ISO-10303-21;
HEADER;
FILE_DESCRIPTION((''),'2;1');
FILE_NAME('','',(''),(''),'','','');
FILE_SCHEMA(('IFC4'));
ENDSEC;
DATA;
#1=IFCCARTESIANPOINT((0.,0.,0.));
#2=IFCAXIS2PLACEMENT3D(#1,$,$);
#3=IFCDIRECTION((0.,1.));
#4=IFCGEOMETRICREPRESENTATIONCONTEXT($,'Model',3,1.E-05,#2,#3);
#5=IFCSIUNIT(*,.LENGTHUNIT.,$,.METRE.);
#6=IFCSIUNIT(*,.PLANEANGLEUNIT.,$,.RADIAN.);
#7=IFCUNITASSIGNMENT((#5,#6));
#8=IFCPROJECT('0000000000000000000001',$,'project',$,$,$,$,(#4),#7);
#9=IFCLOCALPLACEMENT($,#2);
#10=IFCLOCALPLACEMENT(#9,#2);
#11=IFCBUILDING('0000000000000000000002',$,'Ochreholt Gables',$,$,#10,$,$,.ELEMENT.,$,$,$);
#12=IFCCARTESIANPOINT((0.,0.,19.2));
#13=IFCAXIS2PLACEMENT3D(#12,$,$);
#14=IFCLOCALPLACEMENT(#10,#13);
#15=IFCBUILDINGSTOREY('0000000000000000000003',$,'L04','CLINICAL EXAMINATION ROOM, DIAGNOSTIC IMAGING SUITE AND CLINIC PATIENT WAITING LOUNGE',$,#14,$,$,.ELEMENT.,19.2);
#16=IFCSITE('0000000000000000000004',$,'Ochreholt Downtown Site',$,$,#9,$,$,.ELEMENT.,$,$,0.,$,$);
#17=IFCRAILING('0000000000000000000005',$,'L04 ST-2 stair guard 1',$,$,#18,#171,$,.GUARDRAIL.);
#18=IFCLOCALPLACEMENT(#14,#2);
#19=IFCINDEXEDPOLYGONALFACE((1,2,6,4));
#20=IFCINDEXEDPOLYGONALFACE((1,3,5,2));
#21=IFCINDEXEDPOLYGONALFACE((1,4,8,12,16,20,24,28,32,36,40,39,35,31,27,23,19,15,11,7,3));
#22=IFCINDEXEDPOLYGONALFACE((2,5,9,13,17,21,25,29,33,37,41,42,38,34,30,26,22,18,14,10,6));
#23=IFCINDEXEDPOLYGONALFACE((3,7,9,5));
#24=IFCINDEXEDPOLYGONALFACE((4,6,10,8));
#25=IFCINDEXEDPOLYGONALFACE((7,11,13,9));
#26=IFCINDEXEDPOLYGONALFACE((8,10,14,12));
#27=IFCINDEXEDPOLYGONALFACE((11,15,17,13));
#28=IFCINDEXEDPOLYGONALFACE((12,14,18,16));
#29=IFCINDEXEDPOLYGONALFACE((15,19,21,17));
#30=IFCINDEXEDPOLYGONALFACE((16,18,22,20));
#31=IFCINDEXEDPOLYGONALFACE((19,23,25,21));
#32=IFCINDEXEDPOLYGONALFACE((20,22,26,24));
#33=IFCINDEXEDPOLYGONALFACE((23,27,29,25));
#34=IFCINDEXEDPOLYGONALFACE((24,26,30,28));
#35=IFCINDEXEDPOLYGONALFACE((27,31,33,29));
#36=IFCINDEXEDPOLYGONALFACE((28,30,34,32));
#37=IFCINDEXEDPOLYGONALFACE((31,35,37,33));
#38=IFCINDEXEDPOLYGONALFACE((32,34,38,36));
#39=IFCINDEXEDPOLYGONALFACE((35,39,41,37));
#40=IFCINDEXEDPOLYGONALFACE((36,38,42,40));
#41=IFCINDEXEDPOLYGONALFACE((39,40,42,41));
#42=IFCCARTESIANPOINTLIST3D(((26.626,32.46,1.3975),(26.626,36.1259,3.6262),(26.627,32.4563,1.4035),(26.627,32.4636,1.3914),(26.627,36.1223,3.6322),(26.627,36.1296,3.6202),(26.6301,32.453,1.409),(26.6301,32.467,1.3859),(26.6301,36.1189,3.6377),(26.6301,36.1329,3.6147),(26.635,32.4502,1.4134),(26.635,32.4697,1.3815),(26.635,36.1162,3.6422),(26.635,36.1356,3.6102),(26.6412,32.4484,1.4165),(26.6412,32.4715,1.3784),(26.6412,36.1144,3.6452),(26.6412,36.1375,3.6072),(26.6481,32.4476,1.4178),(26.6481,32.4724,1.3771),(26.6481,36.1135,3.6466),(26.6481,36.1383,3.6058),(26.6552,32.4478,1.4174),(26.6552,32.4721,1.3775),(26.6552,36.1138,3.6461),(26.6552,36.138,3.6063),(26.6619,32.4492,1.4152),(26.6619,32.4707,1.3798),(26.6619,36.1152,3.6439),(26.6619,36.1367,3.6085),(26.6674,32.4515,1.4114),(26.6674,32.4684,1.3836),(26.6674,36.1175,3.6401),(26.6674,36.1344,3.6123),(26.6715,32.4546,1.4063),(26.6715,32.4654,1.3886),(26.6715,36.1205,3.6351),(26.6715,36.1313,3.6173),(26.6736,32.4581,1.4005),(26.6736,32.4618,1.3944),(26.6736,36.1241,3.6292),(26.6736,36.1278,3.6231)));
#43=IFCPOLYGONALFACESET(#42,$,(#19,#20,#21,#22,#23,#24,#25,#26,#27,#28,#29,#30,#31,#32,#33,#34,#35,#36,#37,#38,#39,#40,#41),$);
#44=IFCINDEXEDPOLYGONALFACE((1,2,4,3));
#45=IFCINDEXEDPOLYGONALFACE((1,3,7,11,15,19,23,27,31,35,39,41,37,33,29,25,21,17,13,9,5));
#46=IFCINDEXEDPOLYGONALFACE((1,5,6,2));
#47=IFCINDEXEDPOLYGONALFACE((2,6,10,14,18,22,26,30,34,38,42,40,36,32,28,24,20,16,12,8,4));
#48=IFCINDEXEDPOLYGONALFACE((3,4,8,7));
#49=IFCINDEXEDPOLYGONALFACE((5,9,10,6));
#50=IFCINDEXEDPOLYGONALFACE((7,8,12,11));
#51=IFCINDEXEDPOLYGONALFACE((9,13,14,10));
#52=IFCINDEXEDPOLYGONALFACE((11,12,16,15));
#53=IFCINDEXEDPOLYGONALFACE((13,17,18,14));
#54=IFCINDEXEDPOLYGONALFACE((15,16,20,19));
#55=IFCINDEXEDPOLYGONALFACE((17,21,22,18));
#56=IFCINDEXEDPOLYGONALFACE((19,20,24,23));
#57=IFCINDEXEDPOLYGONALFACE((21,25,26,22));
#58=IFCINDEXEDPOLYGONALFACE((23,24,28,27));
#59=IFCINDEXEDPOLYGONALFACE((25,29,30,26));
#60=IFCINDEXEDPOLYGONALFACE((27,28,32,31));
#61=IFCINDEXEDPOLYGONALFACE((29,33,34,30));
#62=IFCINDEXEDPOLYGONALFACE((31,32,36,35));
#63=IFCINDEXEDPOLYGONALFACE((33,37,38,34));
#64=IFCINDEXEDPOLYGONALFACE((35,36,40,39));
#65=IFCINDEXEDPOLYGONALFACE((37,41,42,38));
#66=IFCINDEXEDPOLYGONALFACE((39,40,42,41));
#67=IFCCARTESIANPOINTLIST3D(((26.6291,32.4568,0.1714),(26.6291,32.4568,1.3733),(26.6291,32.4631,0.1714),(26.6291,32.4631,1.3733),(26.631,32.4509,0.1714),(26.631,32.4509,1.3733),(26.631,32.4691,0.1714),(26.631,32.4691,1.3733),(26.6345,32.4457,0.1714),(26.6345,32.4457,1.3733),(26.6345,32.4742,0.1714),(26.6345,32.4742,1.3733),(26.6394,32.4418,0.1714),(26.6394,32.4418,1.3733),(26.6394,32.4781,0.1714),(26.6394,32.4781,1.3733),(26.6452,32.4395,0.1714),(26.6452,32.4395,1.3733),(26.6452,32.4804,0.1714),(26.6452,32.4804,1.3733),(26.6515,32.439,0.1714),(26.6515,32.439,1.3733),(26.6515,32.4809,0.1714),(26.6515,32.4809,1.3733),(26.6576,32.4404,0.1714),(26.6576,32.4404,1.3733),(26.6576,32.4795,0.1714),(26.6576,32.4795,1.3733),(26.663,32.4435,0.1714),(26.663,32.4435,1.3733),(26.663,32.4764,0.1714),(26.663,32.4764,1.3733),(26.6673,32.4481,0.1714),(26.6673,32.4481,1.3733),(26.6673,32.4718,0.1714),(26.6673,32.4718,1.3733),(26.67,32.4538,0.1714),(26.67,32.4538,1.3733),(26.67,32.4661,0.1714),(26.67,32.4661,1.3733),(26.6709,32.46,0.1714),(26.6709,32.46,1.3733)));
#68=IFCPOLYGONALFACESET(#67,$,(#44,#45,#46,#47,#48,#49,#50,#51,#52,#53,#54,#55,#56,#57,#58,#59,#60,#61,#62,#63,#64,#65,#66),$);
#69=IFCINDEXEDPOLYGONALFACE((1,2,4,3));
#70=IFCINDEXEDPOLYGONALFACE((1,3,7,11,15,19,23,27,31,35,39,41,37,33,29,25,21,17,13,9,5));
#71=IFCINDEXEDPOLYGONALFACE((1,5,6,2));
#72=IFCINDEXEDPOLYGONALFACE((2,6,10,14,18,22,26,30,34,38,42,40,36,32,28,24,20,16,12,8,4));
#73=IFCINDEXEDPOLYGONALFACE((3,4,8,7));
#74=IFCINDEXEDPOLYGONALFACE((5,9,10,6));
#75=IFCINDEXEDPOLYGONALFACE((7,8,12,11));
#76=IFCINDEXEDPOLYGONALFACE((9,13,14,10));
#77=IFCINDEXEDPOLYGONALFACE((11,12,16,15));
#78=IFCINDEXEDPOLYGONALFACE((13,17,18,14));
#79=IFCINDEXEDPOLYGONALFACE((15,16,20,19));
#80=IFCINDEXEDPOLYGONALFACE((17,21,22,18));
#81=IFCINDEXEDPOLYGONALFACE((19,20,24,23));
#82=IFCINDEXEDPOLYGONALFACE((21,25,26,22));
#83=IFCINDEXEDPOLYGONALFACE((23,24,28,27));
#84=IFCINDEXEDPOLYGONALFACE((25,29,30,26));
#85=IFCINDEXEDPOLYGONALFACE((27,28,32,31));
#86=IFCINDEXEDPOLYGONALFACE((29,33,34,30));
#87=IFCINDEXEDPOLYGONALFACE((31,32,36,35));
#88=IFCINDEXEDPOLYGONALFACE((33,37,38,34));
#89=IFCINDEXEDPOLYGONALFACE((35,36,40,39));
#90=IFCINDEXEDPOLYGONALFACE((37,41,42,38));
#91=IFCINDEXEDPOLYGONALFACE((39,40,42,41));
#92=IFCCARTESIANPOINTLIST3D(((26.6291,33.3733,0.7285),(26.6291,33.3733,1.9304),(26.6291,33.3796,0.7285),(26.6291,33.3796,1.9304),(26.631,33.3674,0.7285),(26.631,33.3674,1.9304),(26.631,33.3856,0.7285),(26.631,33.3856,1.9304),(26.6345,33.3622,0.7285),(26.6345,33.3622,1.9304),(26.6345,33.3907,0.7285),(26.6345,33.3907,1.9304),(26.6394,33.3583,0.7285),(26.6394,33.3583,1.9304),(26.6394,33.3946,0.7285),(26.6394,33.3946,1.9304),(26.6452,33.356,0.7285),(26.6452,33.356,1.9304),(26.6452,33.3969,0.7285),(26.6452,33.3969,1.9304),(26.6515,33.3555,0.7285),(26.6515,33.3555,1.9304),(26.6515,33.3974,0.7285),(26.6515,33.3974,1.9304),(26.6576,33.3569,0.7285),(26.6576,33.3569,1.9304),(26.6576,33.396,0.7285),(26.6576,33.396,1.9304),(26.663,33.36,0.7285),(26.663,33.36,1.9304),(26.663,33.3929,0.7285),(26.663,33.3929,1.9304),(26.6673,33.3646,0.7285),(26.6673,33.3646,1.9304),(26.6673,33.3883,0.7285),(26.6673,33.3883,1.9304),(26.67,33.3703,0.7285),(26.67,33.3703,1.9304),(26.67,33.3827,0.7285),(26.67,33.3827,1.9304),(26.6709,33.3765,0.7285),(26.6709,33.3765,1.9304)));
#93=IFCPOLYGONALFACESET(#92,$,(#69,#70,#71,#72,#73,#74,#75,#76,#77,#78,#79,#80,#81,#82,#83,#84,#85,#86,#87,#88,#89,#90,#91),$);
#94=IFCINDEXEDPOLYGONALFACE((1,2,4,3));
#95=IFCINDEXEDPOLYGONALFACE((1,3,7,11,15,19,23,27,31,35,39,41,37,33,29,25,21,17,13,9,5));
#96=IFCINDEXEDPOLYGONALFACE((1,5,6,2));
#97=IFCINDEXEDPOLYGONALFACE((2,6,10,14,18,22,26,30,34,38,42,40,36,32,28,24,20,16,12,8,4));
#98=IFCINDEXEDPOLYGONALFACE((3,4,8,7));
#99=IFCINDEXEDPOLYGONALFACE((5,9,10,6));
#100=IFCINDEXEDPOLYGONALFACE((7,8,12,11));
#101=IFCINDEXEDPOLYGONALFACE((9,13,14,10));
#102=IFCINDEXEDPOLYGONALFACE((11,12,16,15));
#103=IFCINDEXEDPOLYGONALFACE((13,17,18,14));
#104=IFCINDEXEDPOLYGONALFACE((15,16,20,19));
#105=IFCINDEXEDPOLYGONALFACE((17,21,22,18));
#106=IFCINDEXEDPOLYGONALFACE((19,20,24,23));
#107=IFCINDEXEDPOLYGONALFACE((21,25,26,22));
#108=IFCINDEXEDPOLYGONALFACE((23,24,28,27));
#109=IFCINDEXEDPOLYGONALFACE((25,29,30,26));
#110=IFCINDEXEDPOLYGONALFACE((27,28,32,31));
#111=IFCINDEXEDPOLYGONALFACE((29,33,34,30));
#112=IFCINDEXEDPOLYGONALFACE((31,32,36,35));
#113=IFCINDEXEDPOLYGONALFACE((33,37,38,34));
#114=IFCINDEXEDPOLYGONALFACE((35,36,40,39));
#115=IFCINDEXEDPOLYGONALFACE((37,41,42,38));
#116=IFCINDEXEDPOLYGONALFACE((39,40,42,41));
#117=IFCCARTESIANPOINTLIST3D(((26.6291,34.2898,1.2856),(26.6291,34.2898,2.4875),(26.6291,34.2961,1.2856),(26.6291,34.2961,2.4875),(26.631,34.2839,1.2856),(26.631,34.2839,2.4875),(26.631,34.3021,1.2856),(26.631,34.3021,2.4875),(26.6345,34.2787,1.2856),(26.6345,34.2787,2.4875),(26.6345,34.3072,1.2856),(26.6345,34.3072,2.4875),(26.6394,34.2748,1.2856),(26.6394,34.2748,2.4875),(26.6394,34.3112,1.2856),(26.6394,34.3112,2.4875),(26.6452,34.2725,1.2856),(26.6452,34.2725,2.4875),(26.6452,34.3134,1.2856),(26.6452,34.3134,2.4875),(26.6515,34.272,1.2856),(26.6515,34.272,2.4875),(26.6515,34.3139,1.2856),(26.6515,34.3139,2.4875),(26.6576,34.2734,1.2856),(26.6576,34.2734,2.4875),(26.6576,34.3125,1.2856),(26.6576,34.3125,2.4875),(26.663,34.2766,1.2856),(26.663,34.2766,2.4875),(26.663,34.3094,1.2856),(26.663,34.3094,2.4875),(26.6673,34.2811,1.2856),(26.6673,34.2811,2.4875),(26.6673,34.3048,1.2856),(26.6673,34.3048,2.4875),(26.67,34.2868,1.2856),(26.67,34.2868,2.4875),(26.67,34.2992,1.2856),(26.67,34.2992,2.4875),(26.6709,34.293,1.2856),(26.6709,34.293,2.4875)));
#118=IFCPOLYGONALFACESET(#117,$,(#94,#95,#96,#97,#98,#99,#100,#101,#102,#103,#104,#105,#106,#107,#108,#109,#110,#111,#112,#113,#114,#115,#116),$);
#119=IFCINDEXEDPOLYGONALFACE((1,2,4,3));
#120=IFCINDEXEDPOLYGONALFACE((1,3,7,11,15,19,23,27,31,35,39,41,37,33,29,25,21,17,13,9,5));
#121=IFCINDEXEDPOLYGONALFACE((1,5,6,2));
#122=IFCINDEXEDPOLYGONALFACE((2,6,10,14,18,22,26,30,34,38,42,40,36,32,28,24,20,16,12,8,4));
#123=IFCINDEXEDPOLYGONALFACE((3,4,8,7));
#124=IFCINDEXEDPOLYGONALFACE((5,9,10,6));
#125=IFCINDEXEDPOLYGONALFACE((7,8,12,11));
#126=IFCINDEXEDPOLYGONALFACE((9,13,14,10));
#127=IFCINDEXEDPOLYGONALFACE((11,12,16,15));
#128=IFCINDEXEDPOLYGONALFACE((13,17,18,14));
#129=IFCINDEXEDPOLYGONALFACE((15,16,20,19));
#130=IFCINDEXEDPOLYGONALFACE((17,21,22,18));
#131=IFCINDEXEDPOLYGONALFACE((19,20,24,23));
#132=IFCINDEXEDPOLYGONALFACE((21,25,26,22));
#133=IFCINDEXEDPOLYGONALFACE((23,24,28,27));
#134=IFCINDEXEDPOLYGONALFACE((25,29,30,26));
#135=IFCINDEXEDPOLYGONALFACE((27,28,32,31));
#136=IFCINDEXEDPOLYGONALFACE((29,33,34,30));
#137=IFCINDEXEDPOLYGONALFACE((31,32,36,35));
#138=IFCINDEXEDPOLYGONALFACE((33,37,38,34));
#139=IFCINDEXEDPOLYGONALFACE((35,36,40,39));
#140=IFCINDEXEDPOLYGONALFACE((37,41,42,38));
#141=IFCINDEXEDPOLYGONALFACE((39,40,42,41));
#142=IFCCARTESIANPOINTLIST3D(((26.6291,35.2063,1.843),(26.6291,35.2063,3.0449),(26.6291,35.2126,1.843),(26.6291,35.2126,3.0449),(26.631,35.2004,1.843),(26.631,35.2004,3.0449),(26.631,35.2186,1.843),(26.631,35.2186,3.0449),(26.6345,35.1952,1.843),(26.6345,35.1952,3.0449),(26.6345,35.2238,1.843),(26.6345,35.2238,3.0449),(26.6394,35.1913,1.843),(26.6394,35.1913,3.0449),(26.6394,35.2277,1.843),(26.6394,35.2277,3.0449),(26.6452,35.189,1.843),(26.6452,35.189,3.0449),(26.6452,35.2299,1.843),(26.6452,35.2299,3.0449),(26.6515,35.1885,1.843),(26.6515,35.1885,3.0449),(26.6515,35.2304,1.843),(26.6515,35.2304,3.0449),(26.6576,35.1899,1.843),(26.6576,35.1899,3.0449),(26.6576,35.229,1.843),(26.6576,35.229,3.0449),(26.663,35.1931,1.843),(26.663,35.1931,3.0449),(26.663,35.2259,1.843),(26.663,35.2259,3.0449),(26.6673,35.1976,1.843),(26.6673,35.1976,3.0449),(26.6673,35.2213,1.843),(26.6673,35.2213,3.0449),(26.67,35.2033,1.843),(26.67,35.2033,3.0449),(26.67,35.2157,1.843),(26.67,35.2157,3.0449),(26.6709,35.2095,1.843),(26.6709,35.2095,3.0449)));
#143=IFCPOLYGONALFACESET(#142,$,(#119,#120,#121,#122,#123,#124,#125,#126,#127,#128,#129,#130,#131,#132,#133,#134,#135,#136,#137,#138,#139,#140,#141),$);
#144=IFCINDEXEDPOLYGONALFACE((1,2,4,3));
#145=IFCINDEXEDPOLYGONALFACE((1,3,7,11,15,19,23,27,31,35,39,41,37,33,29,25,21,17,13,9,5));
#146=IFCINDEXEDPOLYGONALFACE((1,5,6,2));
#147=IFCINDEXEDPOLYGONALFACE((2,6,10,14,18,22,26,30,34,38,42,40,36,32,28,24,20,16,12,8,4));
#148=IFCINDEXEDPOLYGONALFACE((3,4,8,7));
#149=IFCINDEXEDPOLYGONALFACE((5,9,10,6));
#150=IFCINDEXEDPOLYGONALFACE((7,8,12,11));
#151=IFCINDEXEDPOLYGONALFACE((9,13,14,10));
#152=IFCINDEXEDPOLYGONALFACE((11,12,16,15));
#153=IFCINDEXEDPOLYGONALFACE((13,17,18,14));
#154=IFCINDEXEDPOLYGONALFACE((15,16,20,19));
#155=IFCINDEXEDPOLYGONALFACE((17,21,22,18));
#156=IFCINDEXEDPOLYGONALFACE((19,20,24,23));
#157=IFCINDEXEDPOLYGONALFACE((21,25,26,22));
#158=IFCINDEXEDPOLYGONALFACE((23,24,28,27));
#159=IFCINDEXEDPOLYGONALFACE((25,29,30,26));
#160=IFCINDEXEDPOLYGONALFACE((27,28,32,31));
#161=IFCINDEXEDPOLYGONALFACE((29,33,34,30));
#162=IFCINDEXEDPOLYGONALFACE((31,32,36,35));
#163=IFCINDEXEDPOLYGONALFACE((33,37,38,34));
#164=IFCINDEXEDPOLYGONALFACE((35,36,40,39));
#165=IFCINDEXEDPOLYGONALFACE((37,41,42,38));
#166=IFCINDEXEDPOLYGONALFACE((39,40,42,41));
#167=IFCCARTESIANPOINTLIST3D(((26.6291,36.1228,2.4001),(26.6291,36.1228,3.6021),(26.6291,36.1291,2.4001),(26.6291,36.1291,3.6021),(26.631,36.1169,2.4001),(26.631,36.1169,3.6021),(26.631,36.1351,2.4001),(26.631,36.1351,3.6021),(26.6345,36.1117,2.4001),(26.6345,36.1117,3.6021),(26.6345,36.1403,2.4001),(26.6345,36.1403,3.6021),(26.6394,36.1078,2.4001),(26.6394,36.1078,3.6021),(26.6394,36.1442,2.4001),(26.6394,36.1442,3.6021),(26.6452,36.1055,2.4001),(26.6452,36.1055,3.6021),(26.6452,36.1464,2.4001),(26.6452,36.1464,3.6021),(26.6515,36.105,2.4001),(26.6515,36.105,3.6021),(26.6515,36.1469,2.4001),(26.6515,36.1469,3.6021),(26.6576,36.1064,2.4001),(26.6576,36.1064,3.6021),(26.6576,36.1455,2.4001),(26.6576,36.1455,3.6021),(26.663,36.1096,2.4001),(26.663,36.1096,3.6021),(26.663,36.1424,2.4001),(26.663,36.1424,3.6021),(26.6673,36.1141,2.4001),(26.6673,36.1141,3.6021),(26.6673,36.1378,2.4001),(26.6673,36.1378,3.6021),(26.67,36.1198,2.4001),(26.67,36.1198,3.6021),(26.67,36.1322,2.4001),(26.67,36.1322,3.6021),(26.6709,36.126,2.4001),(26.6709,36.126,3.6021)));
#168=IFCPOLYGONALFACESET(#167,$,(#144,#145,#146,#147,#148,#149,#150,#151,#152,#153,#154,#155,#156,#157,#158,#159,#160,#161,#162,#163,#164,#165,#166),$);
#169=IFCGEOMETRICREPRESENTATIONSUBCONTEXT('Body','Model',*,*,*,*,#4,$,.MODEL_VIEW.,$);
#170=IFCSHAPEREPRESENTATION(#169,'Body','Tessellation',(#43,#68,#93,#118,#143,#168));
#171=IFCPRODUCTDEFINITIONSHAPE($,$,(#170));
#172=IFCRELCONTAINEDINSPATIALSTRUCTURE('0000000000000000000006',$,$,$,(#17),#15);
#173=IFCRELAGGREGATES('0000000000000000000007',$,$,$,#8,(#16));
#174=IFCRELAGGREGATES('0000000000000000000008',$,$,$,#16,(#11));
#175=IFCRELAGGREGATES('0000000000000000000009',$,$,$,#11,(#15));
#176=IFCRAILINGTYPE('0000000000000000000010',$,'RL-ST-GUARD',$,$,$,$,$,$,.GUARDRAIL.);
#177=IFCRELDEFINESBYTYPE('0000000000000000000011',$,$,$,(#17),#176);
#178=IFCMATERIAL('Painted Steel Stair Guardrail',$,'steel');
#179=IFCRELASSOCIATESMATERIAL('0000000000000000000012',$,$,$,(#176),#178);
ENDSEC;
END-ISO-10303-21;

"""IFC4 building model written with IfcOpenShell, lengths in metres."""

from ifc_helpers import new_model, si_unit, direction, frame, origin, origin_2d, place, context, subcontext, project, spatial, circle, extrude, material, type_object, element, save


model = new_model("IFC4")

# Units and contexts
model_context = context("Model", 3, precision=1e-05, world=origin(), true_north=direction((0.0, 1.0)))
body_context = subcontext(model_context, "Body", "Model", "MODEL_VIEW")
ifc_project = project(units=[si_unit("LENGTHUNIT", "METRE"), si_unit("PLANEANGLEUNIT", "RADIAN")], contexts=[model_context])

# Site, building, storey
site_placement = place(None, origin())
site = spatial("IfcSite", under=ifc_project, at=site_placement, Name="Ochreholt Downtown Site", CompositionType="ELEMENT", RefElevation=0.0)
building_placement = place(site_placement, origin())
building = spatial("IfcBuilding", under=site, at=building_placement, Name="Ochreholt Gables", CompositionType="ELEMENT")
storey_placement = place(building_placement, frame((0.0, 0.0, 19.2)))
storey = spatial("IfcBuildingStorey", under=building, at=storey_placement, Name="L04", Description="CLINICAL EXAMINATION ROOM, DIAGNOSTIC IMAGING SUITE AND CLINIC PATIENT WAITING LOUNGE", CompositionType="ELEMENT", Elevation=19.2)

# Railing
ifc_material_1 = material(Name="Painted Steel Stair Guardrail", Category="steel")
railing_type_1 = type_object("IfcRailingType", Name="RL-ST-GUARD", PredefinedType="GUARDRAIL", material=ifc_material_1)
railing_1_placement = place(storey_placement, frame((26.6499, 32.46, 0.1714)))
element("IfcRailing", 1, at=railing_1_placement, inside=storey, type_object=railing_type_1, Name="L04 ST-2 stair guard 1", PredefinedType="GUARDRAIL", context=body_context, shape_type="SweptSolid", body=[
    extrude(circle(Radius=0.0239, at=origin_2d()), frame((0.0, 0.0, 1.2261), z_axis=(0.0, 0.854481, 0.519483), x_axis=(-1.0, 0.0, 0.0)), (0.0, 0.0, 1.0), 4.2903),
    extrude(circle(Radius=0.021, at=origin_2d()), origin(), (0.0, 0.0, 1.0), 1.2019),
    extrude(circle(Radius=0.021, at=origin_2d()), frame((0.0, 0.9165, 0.5571)), (0.0, 0.0, 1.0), 1.2019),
    extrude(circle(Radius=0.021, at=origin_2d()), frame((0.0, 1.833, 1.1143)), (0.0, 0.0, 1.0), 1.2019),
    extrude(circle(Radius=0.021, at=origin_2d()), frame((0.0, 2.7495, 1.6716)), (0.0, 0.0, 1.0), 1.2019),
    extrude(circle(Radius=0.021, at=origin_2d()), frame((0.0, 3.666, 2.2288)), (0.0, 0.0, 1.0), 1.2019),
])

save(model, "model.ifc")
